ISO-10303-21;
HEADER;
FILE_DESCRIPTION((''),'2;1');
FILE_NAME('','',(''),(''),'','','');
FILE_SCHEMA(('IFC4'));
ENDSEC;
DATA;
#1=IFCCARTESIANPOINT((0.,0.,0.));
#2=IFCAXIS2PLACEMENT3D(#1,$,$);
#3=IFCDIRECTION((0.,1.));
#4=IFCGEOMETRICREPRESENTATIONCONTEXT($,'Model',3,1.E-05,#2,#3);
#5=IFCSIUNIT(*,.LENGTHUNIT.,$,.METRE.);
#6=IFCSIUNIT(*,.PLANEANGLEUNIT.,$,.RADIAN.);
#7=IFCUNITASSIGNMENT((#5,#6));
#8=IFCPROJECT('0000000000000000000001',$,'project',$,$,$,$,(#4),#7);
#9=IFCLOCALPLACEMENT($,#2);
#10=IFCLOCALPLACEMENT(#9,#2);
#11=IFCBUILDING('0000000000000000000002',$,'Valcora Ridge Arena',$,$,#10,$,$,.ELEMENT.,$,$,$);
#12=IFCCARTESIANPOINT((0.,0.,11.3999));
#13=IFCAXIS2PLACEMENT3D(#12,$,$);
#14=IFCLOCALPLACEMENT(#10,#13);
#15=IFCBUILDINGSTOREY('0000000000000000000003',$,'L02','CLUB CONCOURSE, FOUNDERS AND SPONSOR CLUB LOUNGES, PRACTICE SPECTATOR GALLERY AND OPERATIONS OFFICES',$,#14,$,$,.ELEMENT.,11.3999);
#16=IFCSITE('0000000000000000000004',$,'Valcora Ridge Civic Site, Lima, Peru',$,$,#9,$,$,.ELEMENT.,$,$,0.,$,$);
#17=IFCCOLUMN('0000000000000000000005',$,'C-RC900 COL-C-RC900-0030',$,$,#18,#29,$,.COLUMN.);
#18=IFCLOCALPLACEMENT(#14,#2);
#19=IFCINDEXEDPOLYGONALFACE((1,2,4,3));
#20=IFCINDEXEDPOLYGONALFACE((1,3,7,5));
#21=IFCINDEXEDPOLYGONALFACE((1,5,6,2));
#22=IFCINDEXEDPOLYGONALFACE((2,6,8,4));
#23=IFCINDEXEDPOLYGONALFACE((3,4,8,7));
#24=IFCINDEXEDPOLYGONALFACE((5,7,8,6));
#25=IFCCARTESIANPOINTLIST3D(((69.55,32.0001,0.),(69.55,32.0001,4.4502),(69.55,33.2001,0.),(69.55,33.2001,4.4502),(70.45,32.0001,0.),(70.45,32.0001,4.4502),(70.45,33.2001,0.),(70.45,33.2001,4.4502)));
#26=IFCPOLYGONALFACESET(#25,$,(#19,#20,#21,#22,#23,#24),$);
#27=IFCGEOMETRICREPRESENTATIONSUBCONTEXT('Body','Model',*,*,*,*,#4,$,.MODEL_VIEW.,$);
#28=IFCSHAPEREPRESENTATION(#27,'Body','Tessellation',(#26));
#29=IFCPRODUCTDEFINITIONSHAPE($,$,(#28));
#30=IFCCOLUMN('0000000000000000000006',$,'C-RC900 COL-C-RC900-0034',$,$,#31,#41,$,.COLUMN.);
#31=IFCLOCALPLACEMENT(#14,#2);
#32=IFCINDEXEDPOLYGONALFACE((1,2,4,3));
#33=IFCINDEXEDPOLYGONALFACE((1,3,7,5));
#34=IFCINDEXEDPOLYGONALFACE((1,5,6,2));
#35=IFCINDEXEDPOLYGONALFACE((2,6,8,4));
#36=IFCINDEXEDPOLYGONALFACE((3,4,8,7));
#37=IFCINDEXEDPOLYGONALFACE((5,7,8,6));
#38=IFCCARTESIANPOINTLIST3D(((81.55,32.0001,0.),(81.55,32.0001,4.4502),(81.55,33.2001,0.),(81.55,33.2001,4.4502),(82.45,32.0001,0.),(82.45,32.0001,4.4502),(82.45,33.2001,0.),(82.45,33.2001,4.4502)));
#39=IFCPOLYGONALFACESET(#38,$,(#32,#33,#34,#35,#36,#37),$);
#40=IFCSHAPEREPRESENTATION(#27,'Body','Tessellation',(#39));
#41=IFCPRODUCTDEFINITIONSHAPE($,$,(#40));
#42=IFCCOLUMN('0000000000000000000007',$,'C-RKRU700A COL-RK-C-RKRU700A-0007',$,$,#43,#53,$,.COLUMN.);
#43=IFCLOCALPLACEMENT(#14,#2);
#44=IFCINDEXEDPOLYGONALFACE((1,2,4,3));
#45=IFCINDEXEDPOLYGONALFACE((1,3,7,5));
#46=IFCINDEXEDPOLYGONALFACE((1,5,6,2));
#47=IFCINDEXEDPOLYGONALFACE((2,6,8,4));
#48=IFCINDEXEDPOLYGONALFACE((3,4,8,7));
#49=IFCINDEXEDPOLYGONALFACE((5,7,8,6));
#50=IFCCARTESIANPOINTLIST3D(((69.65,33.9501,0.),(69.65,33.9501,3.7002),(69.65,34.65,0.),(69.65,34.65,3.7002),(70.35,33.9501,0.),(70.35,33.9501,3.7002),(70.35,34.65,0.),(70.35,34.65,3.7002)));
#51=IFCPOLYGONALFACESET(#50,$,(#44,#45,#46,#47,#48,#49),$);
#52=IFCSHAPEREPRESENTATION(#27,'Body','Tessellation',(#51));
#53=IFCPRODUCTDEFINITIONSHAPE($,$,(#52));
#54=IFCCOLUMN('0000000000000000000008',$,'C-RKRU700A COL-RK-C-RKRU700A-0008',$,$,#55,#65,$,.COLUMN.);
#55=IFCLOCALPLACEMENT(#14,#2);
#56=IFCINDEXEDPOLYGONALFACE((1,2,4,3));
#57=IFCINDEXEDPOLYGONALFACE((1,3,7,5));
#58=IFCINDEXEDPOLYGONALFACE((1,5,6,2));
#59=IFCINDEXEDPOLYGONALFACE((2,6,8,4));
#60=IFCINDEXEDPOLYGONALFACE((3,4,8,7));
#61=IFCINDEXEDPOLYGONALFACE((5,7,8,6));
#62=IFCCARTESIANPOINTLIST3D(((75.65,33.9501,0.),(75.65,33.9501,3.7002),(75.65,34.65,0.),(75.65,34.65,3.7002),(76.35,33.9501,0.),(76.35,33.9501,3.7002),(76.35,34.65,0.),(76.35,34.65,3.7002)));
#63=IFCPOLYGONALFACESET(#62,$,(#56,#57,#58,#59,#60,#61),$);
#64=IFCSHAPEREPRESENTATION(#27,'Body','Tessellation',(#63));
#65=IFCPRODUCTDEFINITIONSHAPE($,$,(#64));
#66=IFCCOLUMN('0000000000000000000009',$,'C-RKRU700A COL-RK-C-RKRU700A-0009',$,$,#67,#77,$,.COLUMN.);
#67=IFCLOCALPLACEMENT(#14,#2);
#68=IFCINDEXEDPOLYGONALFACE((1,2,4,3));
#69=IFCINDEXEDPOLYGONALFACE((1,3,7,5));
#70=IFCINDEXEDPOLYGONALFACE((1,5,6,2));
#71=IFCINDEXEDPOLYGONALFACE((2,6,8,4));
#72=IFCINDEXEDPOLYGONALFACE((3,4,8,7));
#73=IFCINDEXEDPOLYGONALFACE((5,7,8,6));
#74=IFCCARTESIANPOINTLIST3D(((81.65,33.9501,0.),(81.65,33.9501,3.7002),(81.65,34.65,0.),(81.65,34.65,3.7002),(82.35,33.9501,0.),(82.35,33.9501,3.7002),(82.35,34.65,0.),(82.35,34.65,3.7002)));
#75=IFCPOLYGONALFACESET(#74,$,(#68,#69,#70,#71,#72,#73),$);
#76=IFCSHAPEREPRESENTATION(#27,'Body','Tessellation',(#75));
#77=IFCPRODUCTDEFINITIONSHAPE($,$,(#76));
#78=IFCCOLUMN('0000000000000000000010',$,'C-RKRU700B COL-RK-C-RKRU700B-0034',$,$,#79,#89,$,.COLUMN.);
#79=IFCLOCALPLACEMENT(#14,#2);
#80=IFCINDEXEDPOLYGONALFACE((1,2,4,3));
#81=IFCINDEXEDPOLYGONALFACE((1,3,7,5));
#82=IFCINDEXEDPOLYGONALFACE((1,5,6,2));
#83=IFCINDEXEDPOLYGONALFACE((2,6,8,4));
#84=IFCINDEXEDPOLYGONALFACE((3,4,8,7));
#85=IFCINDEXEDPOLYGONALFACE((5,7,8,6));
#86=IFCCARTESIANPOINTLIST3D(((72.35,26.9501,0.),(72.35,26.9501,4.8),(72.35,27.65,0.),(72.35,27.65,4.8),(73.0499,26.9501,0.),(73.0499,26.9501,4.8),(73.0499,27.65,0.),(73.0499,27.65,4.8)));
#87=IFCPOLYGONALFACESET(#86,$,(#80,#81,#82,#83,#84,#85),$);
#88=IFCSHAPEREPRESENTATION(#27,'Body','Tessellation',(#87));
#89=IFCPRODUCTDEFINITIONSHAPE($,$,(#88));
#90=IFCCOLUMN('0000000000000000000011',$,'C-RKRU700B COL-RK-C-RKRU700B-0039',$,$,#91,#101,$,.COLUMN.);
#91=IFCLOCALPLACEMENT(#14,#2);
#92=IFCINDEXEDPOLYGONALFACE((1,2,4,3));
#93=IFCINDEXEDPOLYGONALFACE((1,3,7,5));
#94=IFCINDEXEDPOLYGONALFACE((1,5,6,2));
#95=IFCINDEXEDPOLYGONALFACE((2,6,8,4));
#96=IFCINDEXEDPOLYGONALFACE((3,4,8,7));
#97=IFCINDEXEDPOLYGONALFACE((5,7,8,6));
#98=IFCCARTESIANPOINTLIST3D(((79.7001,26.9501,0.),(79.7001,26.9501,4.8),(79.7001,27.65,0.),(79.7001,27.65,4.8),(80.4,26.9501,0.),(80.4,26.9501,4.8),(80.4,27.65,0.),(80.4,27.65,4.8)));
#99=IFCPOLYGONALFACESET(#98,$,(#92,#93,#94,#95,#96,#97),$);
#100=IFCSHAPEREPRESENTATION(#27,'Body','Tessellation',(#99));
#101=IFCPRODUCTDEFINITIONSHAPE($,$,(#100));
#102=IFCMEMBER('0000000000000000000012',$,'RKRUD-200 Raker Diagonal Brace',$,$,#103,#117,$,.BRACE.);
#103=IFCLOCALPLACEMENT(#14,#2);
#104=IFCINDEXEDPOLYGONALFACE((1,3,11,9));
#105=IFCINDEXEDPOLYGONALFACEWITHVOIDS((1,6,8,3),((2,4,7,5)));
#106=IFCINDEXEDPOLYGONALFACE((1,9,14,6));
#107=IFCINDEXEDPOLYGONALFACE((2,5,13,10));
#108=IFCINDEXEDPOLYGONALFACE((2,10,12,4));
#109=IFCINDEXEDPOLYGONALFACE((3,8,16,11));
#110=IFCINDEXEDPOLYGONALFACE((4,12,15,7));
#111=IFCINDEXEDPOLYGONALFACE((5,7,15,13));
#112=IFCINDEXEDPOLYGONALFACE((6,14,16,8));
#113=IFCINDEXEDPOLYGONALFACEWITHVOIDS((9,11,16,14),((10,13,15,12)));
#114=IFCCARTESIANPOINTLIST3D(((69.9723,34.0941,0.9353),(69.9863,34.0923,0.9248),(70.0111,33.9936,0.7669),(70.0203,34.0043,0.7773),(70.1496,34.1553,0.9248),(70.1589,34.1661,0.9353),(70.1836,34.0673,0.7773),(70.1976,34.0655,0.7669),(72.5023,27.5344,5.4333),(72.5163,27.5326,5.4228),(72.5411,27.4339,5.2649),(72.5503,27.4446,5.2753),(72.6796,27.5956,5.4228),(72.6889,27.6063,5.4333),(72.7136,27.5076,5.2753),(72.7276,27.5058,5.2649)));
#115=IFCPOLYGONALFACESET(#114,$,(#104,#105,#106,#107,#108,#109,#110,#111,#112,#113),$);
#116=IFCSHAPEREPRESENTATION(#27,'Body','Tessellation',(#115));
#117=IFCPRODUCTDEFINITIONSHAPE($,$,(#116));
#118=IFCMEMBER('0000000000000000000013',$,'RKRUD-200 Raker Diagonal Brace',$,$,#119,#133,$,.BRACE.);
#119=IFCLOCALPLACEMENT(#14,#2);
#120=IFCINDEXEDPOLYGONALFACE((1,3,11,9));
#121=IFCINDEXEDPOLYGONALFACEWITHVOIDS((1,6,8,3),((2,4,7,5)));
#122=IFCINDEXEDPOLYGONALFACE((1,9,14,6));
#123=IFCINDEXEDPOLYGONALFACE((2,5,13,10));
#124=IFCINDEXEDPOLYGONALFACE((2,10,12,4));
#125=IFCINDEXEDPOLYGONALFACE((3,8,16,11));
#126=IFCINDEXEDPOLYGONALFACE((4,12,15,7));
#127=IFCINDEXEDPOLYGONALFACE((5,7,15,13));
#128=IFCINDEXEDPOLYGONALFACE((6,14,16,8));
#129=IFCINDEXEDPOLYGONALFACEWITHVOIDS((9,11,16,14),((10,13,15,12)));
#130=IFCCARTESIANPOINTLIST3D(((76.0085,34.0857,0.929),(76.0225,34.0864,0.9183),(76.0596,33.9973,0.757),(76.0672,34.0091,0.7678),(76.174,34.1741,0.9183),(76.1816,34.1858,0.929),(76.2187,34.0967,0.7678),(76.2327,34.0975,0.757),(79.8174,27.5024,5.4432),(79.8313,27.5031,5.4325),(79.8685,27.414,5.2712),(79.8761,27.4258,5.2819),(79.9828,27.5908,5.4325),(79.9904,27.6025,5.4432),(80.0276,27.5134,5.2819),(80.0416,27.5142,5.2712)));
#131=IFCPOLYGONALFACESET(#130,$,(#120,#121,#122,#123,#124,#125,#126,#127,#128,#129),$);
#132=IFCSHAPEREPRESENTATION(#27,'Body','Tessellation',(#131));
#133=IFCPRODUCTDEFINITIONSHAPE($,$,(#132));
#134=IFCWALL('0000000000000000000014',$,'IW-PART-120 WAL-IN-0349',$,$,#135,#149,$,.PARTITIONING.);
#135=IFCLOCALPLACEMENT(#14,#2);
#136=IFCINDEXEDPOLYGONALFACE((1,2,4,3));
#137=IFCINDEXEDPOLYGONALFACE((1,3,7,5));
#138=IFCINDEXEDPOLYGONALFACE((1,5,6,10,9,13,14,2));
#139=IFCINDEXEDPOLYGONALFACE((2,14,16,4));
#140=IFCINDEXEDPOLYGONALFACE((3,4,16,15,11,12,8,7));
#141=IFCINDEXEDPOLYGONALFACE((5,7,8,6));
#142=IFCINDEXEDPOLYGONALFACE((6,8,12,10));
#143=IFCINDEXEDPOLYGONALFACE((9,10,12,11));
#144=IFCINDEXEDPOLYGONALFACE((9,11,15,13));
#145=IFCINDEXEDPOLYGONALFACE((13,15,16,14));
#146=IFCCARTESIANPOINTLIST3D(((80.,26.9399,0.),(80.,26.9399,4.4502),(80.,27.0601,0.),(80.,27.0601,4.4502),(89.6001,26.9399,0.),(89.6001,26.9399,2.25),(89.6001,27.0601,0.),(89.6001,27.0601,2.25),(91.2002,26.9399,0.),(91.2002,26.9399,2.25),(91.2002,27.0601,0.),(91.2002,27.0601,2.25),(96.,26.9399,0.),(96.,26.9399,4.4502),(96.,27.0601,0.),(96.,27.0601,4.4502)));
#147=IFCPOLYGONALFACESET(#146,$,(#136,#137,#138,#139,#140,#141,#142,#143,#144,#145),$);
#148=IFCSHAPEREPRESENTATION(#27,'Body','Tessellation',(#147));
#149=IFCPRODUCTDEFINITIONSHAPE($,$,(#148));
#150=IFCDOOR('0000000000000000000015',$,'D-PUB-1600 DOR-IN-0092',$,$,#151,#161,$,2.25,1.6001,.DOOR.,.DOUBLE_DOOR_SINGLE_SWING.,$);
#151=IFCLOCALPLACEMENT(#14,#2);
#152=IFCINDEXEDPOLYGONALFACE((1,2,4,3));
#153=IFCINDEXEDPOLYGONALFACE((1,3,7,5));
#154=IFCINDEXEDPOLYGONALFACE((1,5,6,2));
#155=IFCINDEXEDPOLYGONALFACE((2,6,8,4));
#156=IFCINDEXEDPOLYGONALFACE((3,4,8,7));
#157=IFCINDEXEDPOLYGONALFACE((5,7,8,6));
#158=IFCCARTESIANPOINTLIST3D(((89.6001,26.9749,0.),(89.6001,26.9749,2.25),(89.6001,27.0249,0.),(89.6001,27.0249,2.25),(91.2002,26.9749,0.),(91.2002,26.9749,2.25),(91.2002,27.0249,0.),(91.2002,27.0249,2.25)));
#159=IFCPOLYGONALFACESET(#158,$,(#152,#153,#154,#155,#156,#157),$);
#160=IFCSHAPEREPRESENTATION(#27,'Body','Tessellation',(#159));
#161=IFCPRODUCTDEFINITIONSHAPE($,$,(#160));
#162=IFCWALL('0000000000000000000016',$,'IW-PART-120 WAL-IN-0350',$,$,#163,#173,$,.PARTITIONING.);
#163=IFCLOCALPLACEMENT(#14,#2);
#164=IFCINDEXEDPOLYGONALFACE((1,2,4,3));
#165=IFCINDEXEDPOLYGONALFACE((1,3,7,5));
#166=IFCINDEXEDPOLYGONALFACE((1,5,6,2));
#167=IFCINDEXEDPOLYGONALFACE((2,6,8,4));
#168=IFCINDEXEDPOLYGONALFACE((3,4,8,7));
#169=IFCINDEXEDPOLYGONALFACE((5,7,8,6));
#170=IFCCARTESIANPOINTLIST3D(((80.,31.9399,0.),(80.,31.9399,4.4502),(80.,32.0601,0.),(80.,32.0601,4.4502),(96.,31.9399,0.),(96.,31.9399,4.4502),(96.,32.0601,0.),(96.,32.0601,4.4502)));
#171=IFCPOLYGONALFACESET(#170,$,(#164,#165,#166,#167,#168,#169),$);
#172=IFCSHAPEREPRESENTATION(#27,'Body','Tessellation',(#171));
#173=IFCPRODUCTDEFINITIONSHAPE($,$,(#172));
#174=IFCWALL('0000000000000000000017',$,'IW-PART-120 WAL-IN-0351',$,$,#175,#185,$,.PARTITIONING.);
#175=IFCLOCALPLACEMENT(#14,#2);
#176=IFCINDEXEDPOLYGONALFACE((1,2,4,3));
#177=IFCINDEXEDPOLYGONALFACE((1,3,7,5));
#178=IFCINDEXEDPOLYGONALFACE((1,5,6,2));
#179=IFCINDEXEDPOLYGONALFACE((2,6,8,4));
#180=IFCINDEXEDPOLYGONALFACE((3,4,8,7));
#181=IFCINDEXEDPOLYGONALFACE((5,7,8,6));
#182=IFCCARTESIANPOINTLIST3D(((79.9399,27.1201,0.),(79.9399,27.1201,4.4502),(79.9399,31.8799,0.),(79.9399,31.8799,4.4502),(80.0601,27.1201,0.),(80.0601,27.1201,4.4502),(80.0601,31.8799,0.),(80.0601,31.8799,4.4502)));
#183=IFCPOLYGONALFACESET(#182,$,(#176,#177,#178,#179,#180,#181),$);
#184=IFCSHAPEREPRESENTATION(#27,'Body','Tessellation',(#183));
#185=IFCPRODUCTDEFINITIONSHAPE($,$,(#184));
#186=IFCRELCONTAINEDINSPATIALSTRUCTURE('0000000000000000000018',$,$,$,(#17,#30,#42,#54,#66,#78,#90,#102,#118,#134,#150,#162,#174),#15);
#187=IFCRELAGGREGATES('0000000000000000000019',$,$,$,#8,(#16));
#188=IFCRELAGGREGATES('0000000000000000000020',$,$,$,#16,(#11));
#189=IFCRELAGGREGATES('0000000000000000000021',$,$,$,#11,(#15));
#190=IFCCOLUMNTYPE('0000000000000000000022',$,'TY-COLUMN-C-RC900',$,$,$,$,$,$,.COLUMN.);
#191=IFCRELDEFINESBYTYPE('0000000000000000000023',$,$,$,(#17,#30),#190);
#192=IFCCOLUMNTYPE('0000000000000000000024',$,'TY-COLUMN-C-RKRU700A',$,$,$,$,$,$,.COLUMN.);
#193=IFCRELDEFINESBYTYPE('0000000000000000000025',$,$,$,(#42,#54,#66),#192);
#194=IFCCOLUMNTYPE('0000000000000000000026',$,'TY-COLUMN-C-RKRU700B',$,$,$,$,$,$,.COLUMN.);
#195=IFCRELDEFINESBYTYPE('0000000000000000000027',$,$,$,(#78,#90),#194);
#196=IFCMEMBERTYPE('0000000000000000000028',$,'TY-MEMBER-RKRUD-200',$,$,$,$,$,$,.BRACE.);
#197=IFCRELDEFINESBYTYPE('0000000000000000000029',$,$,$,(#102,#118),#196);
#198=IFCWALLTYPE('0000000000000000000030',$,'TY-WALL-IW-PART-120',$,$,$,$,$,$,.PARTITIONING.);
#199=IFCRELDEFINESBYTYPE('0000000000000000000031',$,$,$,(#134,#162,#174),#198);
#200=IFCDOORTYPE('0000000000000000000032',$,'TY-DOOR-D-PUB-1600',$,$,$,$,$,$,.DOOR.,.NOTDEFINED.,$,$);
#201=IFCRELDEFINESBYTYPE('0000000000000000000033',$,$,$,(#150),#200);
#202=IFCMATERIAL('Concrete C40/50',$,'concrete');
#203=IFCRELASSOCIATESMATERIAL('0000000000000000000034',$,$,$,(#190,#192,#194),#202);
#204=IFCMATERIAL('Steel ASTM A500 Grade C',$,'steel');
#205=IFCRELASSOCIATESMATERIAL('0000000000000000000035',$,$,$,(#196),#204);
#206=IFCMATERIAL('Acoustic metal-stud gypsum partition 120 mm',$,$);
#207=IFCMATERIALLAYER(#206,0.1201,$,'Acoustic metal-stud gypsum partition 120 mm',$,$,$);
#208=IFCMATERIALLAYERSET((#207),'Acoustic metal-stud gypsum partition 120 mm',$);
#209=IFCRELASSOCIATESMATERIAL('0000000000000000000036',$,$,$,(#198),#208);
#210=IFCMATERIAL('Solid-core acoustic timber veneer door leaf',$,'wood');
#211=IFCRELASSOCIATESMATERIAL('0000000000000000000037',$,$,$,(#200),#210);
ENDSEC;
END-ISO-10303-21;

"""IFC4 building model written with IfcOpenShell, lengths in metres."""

from ifc_helpers import new_model, si_unit, direction, frame, frame_2d, origin, origin_2d, place, context, subcontext, project, spatial, rectangle, hollow_rectangle, extrude, material, layer, layer_set, material_profile, profile_set, type_object, element, fill, save


model = new_model("IFC4")

# Units and contexts
model_context = context("Model", 3, precision=1e-05, world=origin(), true_north=direction((0.0, 1.0)))
body_context = subcontext(model_context, "Body", "Model", "MODEL_VIEW")
ifc_project = project(units=[si_unit("LENGTHUNIT", "METRE"), si_unit("PLANEANGLEUNIT", "RADIAN")], contexts=[model_context])

# Site, building, storey
site_placement = place(None, origin())
site = spatial("IfcSite", under=ifc_project, at=site_placement, Name="Valcora Ridge Civic Site, Lima, Peru", CompositionType="ELEMENT", RefElevation=0.0)
building_placement = place(site_placement, origin())
building = spatial("IfcBuilding", under=site, at=building_placement, Name="Valcora Ridge Arena", CompositionType="ELEMENT")
storey_placement = place(building_placement, frame((0.0, 0.0, 11.3999)))
storey = spatial("IfcBuildingStorey", under=building, at=storey_placement, Name="L02", Description="CLUB CONCOURSE, FOUNDERS AND SPONSOR CLUB LOUNGES, PRACTICE SPECTATOR GALLERY AND OPERATIONS OFFICES", CompositionType="ELEMENT", Elevation=11.3999)

# Columns
ifc_material_1 = material(Name="Concrete C40/50", Category="concrete")
ifc_material_profile_1 = material_profile(ifc_material_1, rectangle(XDim=0.8999, YDim=1.2, at=origin_2d()), Name="RC 900x1200")
ifc_profile_set_1 = profile_set([ifc_material_profile_1], Name="Concrete C40/50")
column_type_1 = type_object("IfcColumnType", Name="TY-COLUMN-C-RC900", PredefinedType="COLUMN", material=ifc_profile_set_1)
for number, where, z_axis, x_axis, name in (
    (1, (70.0, 32.6001, 0.0), (0.0, 0.0, 1.0), (1.0, 0.0, 0.0), "C-RC900 COL-C-RC900-0030"),
    (2, (82.0, 32.6001, 0.0), (0.0, 0.0, 1.0), (1.0, 0.0, 0.0), "C-RC900 COL-C-RC900-0034"),
):
    element("IfcColumn", number, at=place(storey_placement, frame(where, z_axis=z_axis, x_axis=x_axis)), inside=storey, type_object=column_type_1, Name=name, PredefinedType="COLUMN", context=body_context, shape_type="SweptSolid", body=[
        extrude(rectangle(XDim=0.8999, YDim=1.2, at=origin_2d()), origin(), (0.0, 0.0, 1.0), 4.4502),
    ])
ifc_material_profile_2 = material_profile(ifc_material_1, rectangle(XDim=0.7, YDim=0.7, at=origin_2d()), Name="RC 700x700")
ifc_profile_set_2 = profile_set([ifc_material_profile_2], Name="Concrete C40/50")
column_type_2 = type_object("IfcColumnType", Name="TY-COLUMN-C-RKRU700A", PredefinedType="COLUMN", material=ifc_profile_set_2)
for number, where, z_axis, x_axis, name in (
    (3, (70.0, 34.3, 0.0), (0.0, 0.0, 1.0), (1.0, 0.0, 0.0), "C-RKRU700A COL-RK-C-RKRU700A-0007"),
    (4, (76.0, 34.3, 0.0), (0.0, 0.0, 1.0), (1.0, 0.0, 0.0), "C-RKRU700A COL-RK-C-RKRU700A-0008"),
    (5, (82.0, 34.3, 0.0), (0.0, 0.0, 1.0), (1.0, 0.0, 0.0), "C-RKRU700A COL-RK-C-RKRU700A-0009"),
):
    element("IfcColumn", number, at=place(storey_placement, frame(where, z_axis=z_axis, x_axis=x_axis)), inside=storey, type_object=column_type_2, Name=name, PredefinedType="COLUMN", context=body_context, shape_type="SweptSolid", body=[
        extrude(rectangle(XDim=0.7, YDim=0.7, at=origin_2d()), origin(), (0.0, 0.0, 1.0), 3.7002),
    ])
ifc_material_profile_3 = material_profile(ifc_material_1, rectangle(XDim=0.7, YDim=0.7, at=origin_2d()), Name="RC 700x700")
ifc_profile_set_3 = profile_set([ifc_material_profile_3], Name="Concrete C40/50")
column_type_3 = type_object("IfcColumnType", Name="TY-COLUMN-C-RKRU700B", PredefinedType="COLUMN", material=ifc_profile_set_3)
for number, where, z_axis, x_axis, name in (
    (6, (72.7, 27.3, 0.0), (0.0, 0.0, 1.0), (1.0, 0.0, 0.0), "C-RKRU700B COL-RK-C-RKRU700B-0034"),
    (7, (80.05, 27.3, 0.0), (0.0, 0.0, 1.0), (1.0, 0.0, 0.0), "C-RKRU700B COL-RK-C-RKRU700B-0039"),
):
    element("IfcColumn", number, at=place(storey_placement, frame(where, z_axis=z_axis, x_axis=x_axis)), inside=storey, type_object=column_type_3, Name=name, PredefinedType="COLUMN", context=body_context, shape_type="SweptSolid", body=[
        extrude(rectangle(XDim=0.7, YDim=0.7, at=origin_2d()), origin(), (0.0, 0.0, 1.0), 4.8),
    ])

# Members
ifc_material_2 = material(Name="Steel ASTM A500 Grade C", Category="steel")
ifc_material_profile_4 = material_profile(ifc_material_2, hollow_rectangle(XDim=0.2, YDim=0.2, WallThickness=0.0125, at=origin_2d()), Name="HSS200X200X12")
ifc_profile_set_4 = profile_set([ifc_material_profile_4], Name="Steel ASTM A500 Grade C")
member_type = type_object("IfcMemberType", Name="TY-MEMBER-RKRUD-200", PredefinedType="BRACE", material=ifc_profile_set_4)
member_1_placement = place(storey_placement, frame((70.085, 34.0798, 0.8511), z_axis=(0.303123, -0.785933, 0.538912), x_axis=(0.93301, 0.359849, 0.0)))
element("IfcMember", 8, at=member_1_placement, inside=storey, type_object=member_type, Name="RKRUD-200 Raker Diagonal Brace", PredefinedType="BRACE", context=body_context, shape_type="SweptSolid", body=[
    extrude(hollow_rectangle(XDim=0.2, YDim=0.2, WallThickness=0.0125, at=origin_2d()), origin(), (0.0, 0.0, 1.0), 8.3464),
])
member_2_placement = place(storey_placement, frame((76.1206, 34.0916, 0.843), z_axis=(0.430648, -0.744338, 0.510395), x_axis=(0.86557, 0.500788, 0.0)))
element("IfcMember", 9, at=member_2_placement, inside=storey, type_object=member_type, Name="RKRUD-200 Raker Diagonal Brace", PredefinedType="BRACE", context=body_context, shape_type="SweptSolid", body=[
    extrude(hollow_rectangle(XDim=0.2, YDim=0.2, WallThickness=0.0125, at=origin_2d()), origin(), (0.0, 0.0, 1.0), 8.8445),
])

# Wall, opening, door
ifc_material_3 = material(Name="Acoustic metal-stud gypsum partition 120 mm")
ifc_layer_1 = layer(ifc_material_3, 0.1201, Name="Acoustic metal-stud gypsum partition 120 mm")
ifc_layer_set_1 = layer_set([ifc_layer_1], Name="Acoustic metal-stud gypsum partition 120 mm")
wall_type_1 = type_object("IfcWallType", Name="TY-WALL-IW-PART-120", PredefinedType="PARTITIONING", material=ifc_layer_set_1)
wall_1_placement = place(storey_placement, frame((80.0, 27.0, 0.0), z_axis=(0.0, 0.0, 1.0), x_axis=(1.0, 0.0, 0.0)))
wall_1 = element("IfcWall", 10, at=wall_1_placement, inside=storey, type_object=wall_type_1, Name="IW-PART-120 WAL-IN-0349", PredefinedType="PARTITIONING", context=body_context, shape_type="SweptSolid", body=[
    extrude(rectangle(XDim=16.0, YDim=0.1201, at=frame_2d((8.0, 0.0))), origin(), (0.0, 0.0, 1.0), 4.4502),
])
opening_placement = place(wall_1_placement, frame((9.6001, 0.0, 0.0)))
opening = element("IfcOpeningElement", 11, at=opening_placement, cuts=wall_1, PredefinedType="OPENING", context=body_context, shape_type="SweptSolid", body=[
    extrude(rectangle(XDim=1.6001, YDim=2.25, at=frame_2d((0.8, 1.125))), frame((0.0, 0.0701, 0.0), z_axis=(0.0, -1.0, 0.0), x_axis=(1.0, 0.0, 0.0)), (0.0, 0.0, 1.0), 0.1401),
])
ifc_material_4 = material(Name="Solid-core acoustic timber veneer door leaf", Category="wood")
door_type = type_object("IfcDoorType", Name="TY-DOOR-D-PUB-1600", OperationType="NOTDEFINED", PredefinedType="DOOR", material=ifc_material_4)
door_placement = place(opening_placement, origin())
door = element("IfcDoor", 12, at=door_placement, inside=storey, type_object=door_type, Name="D-PUB-1600 DOR-IN-0092", OperationType="DOUBLE_DOOR_SINGLE_SWING", OverallHeight=2.25, OverallWidth=1.6001, PredefinedType="DOOR", context=body_context, shape_type="SweptSolid", body=[
    extrude(rectangle(XDim=1.6001, YDim=2.25, at=frame_2d((0.8, 1.125))), frame((0.0, 0.0249, 0.0), z_axis=(0.0, -1.0, 0.0), x_axis=(1.0, 0.0, 0.0)), (0.0, 0.0, 1.0), 0.05),
])
fill(opening, door)

# Walls
wall_2_placement = place(storey_placement, frame((80.0, 32.0, 0.0), z_axis=(0.0, 0.0, 1.0), x_axis=(1.0, 0.0, 0.0)))
element("IfcWall", 13, at=wall_2_placement, inside=storey, type_object=wall_type_1, Name="IW-PART-120 WAL-IN-0350", PredefinedType="PARTITIONING", context=body_context, shape_type="SweptSolid", body=[
    extrude(rectangle(XDim=16.0, YDim=0.1201, at=frame_2d((8.0, 0.0))), origin(), (0.0, 0.0, 1.0), 4.4502),
])
wall_3_placement = place(storey_placement, frame((80.0, 27.1201, 0.0), z_axis=(0.0, 0.0, 1.0), x_axis=(0.0, 1.0, 0.0)))
element("IfcWall", 14, at=wall_3_placement, inside=storey, type_object=wall_type_1, Name="IW-PART-120 WAL-IN-0351", PredefinedType="PARTITIONING", context=body_context, shape_type="SweptSolid", body=[
    extrude(rectangle(XDim=4.7598, YDim=0.1201, at=frame_2d((2.3799, 0.0))), origin(), (0.0, 0.0, 1.0), 4.4502),
])

save(model, "model.ifc")
